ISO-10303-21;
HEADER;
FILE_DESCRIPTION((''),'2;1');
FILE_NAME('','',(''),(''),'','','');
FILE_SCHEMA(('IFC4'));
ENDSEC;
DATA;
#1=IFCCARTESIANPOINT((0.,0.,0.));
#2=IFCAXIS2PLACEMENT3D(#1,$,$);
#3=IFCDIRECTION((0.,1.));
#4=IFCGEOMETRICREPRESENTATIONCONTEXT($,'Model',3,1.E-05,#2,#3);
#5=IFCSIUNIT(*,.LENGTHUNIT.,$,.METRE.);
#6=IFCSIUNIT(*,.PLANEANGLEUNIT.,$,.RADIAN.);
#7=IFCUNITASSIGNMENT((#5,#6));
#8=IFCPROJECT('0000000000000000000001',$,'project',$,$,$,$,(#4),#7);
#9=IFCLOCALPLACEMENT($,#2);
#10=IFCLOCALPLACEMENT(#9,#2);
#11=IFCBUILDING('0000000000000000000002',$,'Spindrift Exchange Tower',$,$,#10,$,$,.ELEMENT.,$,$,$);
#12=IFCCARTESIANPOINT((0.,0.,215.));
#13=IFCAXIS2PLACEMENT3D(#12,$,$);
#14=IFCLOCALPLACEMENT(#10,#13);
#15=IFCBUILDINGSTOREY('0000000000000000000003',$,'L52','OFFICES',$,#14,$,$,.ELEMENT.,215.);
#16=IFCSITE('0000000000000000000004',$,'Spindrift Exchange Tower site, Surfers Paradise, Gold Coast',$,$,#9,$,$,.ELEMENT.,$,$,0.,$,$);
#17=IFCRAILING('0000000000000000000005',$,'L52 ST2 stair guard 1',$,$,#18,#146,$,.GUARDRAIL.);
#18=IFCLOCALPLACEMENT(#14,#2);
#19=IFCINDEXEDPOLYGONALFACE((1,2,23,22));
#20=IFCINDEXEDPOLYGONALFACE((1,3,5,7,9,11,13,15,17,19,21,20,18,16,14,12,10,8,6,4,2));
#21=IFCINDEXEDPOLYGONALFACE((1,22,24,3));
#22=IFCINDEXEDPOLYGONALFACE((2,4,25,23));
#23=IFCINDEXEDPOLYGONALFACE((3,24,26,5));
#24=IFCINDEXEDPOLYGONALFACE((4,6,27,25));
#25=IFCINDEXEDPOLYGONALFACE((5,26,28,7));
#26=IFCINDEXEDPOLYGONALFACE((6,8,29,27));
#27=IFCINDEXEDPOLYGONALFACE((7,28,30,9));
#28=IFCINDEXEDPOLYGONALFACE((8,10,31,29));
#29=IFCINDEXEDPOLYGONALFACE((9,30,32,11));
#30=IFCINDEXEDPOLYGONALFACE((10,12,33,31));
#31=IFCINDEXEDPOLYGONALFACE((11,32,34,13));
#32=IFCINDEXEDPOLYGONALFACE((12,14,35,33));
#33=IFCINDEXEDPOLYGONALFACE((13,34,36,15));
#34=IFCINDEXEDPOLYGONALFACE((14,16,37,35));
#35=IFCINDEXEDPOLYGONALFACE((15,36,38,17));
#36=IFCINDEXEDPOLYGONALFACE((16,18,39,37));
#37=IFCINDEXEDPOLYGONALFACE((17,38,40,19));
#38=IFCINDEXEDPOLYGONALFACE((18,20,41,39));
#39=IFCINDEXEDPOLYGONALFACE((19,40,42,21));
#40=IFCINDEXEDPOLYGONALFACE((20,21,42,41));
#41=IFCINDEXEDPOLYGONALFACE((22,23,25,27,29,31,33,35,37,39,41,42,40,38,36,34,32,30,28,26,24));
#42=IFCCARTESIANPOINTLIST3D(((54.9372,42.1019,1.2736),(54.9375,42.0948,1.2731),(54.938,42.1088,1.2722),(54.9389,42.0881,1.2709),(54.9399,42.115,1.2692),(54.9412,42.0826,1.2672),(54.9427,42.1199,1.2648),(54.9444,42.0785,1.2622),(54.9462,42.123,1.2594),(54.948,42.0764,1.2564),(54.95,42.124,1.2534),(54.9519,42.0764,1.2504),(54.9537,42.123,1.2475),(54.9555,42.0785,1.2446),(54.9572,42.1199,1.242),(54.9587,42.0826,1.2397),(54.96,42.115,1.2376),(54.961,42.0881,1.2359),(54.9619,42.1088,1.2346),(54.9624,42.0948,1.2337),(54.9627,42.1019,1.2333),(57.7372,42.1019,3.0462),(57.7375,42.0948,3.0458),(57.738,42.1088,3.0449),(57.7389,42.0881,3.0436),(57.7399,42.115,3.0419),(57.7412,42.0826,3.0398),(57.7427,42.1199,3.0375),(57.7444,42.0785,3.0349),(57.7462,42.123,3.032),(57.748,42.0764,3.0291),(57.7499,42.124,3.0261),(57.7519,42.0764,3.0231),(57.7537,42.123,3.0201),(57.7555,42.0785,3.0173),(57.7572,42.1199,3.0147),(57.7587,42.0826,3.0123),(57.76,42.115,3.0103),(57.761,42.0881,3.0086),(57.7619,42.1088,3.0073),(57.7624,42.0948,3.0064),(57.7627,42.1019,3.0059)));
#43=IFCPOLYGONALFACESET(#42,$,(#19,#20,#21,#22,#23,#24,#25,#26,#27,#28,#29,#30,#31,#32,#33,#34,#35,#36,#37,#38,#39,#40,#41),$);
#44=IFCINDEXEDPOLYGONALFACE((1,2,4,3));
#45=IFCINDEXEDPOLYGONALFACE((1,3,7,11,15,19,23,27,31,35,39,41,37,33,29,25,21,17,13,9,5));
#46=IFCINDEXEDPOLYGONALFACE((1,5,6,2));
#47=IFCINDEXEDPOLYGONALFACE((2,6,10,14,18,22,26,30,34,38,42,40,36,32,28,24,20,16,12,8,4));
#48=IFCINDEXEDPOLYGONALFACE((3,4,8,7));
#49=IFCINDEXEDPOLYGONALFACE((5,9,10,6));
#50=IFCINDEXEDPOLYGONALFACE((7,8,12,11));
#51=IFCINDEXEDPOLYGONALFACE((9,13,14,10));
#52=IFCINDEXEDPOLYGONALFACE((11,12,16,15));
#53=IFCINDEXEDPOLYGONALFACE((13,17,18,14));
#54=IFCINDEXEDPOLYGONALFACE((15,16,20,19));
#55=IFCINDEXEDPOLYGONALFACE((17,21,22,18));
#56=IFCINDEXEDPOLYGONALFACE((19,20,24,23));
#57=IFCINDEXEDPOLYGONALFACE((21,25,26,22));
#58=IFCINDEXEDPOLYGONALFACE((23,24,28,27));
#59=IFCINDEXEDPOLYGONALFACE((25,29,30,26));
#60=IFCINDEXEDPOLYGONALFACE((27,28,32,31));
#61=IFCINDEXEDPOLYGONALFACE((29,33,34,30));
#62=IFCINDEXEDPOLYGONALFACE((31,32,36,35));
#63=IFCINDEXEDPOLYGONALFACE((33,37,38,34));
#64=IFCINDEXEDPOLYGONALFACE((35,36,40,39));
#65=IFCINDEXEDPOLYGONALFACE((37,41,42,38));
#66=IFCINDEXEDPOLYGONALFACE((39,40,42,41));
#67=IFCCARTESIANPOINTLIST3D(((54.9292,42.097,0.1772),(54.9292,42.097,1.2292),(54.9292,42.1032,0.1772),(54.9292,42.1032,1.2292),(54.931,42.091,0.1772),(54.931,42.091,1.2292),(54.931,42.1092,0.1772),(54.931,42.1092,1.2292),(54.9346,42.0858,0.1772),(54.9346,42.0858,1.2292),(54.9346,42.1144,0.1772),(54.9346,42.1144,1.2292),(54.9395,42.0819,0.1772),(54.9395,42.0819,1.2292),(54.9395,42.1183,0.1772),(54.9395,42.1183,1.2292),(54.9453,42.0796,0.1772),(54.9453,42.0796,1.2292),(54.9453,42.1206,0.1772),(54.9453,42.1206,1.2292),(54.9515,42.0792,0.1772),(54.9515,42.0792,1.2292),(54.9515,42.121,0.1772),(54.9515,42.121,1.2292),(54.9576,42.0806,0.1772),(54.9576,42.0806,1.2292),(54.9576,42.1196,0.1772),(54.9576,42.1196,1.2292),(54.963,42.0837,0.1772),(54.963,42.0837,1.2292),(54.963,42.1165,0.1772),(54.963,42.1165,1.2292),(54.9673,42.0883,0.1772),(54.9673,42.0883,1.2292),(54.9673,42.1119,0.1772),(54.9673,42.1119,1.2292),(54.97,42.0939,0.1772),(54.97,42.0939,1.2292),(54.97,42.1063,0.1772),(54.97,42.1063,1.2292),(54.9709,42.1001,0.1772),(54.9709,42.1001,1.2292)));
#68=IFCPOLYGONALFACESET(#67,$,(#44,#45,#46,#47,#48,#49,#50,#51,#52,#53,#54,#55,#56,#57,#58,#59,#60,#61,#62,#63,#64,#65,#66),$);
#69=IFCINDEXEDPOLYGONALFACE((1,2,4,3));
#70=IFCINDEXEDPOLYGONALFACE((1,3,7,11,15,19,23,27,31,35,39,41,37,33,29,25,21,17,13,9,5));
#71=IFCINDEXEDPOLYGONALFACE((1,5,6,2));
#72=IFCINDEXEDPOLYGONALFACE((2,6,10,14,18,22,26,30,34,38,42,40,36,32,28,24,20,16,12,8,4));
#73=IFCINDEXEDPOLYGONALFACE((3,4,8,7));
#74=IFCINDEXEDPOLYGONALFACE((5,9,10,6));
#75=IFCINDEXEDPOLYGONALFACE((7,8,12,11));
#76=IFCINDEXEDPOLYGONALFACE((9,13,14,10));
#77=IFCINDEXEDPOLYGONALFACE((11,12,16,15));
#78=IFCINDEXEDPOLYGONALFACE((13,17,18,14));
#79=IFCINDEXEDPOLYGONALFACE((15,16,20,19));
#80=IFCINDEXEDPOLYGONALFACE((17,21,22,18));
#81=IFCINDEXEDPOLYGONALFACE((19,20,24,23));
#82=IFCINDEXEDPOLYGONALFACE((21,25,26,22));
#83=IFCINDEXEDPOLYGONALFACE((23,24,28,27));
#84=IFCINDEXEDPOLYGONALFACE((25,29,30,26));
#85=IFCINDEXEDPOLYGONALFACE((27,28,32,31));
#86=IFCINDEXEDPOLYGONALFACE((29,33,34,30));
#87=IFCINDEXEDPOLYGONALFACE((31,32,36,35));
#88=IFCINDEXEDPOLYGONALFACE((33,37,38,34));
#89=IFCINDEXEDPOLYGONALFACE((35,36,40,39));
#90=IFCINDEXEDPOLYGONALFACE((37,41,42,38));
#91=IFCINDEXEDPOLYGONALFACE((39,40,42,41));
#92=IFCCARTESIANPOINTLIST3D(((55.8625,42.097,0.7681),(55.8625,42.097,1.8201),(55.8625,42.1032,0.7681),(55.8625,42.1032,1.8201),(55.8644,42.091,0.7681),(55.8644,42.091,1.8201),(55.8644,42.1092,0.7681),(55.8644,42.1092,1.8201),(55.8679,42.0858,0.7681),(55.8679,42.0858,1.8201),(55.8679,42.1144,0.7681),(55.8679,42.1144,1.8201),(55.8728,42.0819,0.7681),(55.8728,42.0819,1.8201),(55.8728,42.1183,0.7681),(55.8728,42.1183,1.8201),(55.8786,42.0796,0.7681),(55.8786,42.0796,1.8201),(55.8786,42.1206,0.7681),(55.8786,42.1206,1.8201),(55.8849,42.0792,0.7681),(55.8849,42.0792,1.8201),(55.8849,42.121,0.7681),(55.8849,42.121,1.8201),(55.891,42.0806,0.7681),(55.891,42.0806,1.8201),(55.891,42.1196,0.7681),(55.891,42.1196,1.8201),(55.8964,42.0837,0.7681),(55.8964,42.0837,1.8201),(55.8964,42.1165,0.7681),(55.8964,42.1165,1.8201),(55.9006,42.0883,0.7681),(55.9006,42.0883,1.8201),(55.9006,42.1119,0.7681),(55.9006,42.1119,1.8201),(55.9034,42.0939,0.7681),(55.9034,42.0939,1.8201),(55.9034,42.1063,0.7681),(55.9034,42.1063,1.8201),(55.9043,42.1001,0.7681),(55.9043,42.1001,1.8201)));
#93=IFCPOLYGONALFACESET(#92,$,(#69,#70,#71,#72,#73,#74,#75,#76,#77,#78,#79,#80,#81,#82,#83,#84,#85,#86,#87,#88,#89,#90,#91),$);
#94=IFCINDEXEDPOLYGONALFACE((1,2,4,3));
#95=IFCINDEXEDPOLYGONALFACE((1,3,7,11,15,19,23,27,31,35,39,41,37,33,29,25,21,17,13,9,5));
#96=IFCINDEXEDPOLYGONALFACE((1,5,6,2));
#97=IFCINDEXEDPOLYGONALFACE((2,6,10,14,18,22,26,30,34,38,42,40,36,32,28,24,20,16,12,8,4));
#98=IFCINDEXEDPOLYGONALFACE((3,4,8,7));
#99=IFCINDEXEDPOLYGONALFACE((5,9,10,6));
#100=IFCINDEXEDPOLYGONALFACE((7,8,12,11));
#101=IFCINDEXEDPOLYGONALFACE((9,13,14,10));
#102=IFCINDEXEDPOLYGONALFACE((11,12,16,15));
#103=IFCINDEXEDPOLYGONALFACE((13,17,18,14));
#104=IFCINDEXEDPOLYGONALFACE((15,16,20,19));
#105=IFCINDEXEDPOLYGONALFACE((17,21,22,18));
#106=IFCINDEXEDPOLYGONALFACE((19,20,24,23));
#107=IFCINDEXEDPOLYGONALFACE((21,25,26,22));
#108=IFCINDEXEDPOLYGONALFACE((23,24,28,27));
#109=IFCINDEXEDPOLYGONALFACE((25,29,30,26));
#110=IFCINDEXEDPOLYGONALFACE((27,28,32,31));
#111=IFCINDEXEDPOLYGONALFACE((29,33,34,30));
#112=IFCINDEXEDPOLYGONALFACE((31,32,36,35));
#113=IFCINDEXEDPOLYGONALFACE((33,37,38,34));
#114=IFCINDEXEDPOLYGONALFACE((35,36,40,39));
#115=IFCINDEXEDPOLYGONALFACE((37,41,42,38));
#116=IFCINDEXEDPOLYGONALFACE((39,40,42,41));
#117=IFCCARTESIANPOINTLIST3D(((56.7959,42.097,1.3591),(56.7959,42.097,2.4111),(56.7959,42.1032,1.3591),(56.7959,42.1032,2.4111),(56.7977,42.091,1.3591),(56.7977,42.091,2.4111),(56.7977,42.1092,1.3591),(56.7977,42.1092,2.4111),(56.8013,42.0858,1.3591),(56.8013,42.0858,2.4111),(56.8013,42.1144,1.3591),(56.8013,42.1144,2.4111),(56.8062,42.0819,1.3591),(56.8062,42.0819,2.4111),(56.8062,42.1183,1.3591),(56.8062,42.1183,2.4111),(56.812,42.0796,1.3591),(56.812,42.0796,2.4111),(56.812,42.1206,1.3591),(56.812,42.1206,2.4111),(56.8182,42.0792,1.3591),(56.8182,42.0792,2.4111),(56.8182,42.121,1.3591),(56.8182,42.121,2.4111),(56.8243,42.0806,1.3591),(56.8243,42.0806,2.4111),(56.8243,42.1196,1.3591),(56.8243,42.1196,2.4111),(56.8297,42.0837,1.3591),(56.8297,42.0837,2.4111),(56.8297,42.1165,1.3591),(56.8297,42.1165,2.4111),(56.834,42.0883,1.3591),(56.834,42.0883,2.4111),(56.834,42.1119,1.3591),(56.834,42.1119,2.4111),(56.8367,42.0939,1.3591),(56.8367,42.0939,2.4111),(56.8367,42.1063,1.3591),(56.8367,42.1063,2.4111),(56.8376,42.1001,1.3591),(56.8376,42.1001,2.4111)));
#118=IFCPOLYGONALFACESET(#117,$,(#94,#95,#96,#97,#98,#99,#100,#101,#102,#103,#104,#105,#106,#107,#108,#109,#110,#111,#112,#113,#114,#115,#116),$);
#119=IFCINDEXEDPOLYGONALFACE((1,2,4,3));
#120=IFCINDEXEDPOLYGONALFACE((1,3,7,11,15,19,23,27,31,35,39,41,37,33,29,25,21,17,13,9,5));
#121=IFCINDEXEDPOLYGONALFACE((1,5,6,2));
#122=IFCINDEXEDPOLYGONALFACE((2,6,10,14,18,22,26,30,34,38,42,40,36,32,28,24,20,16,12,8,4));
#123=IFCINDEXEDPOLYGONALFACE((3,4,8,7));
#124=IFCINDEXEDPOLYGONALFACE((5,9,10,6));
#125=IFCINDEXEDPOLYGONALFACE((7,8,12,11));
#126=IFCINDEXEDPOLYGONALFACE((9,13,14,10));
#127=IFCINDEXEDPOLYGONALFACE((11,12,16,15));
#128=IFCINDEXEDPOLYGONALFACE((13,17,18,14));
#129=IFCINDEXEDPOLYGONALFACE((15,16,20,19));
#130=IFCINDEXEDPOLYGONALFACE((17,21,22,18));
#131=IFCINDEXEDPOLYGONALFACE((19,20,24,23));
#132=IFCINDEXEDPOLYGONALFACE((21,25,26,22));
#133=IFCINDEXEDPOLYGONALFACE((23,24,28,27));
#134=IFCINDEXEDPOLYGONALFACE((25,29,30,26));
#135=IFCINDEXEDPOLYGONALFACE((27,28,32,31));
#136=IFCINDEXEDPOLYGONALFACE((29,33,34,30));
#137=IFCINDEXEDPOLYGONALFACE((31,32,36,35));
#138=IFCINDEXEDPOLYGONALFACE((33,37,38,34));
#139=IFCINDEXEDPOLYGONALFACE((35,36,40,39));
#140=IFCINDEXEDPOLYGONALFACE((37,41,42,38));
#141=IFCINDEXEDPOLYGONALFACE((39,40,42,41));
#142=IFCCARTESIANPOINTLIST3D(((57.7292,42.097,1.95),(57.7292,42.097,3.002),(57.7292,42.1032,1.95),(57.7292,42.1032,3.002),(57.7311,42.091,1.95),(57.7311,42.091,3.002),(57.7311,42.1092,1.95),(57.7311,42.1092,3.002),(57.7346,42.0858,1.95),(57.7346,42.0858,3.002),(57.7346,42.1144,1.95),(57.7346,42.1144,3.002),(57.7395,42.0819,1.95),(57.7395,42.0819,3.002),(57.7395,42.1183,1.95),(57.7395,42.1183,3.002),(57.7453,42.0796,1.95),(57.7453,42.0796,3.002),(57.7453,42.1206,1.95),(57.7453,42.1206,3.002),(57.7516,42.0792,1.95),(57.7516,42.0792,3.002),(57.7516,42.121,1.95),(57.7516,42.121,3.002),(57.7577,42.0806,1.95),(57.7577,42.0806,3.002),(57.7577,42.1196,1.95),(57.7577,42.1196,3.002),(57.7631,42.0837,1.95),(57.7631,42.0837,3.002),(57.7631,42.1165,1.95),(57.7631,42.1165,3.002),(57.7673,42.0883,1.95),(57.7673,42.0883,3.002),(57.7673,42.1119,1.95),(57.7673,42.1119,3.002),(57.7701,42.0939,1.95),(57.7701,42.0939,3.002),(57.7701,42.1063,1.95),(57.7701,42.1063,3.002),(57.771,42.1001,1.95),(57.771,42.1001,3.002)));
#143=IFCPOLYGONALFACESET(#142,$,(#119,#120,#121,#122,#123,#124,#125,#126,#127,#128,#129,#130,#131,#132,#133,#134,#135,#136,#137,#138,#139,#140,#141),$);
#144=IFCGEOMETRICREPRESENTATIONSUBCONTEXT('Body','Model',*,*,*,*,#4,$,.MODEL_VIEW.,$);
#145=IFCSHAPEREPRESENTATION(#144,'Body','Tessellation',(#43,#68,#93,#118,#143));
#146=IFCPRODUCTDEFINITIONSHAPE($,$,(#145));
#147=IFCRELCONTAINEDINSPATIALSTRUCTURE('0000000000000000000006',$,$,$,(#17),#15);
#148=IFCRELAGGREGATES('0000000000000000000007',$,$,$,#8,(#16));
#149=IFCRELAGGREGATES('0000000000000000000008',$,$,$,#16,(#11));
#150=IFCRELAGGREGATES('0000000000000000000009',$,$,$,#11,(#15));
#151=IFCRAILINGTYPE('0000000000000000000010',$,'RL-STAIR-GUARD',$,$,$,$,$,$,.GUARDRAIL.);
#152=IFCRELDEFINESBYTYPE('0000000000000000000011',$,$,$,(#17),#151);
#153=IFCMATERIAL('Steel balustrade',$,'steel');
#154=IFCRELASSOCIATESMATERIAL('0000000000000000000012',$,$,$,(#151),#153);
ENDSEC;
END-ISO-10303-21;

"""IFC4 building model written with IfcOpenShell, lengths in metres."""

from ifc_helpers import new_model, si_unit, direction, frame, origin, origin_2d, place, context, subcontext, project, spatial, circle, extrude, material, type_object, element, save


model = new_model("IFC4")

# Units and contexts
model_context = context("Model", 3, precision=1e-05, world=origin(), true_north=direction((0.0, 1.0)))
body_context = subcontext(model_context, "Body", "Model", "MODEL_VIEW")
ifc_project = project(units=[si_unit("LENGTHUNIT", "METRE"), si_unit("PLANEANGLEUNIT", "RADIAN")], contexts=[model_context])

# Site, building, storey
site_placement = place(None, origin())
site = spatial("IfcSite", under=ifc_project, at=site_placement, Name="Spindrift Exchange Tower site, Surfers Paradise, Gold Coast", CompositionType="ELEMENT", RefElevation=0.0)
building_placement = place(site_placement, origin())
building = spatial("IfcBuilding", under=site, at=building_placement, Name="Spindrift Exchange Tower", CompositionType="ELEMENT")
storey_placement = place(building_placement, frame((0.0, 0.0, 215.0)))
storey = spatial("IfcBuildingStorey", under=building, at=storey_placement, Name="L52", Description="OFFICES", CompositionType="ELEMENT", Elevation=215.0)

# Railing
ifc_material_1 = material(Name="Steel balustrade", Category="steel")
railing_type_1 = type_object("IfcRailingType", Name="RL-STAIR-GUARD", PredefinedType="GUARDRAIL", material=ifc_material_1)
railing_1_placement = place(storey_placement, frame((54.95, 42.1001, 0.1772)))
element("IfcRailing", 1, at=railing_1_placement, inside=storey, type_object=railing_type_1, Name="L52 ST2 stair guard 1", PredefinedType="GUARDRAIL", context=body_context, shape_type="SweptSolid", body=[
    extrude(circle(Radius=0.0239, at=origin_2d()), frame((0.0, 0.0, 1.0762), z_axis=(0.844909, 0.0, 0.53491), x_axis=(0.0, 1.0, 0.0)), (0.0, 0.0, 1.0), 3.314),
    extrude(circle(Radius=0.021, at=origin_2d()), origin(), (0.0, 0.0, 1.0), 1.052),
    extrude(circle(Radius=0.021, at=origin_2d()), frame((0.9333, 0.0, 0.5908)), (0.0, 0.0, 1.0), 1.052),
    extrude(circle(Radius=0.021, at=origin_2d()), frame((1.8667, 0.0, 1.1819)), (0.0, 0.0, 1.0), 1.052),
    extrude(circle(Radius=0.021, at=origin_2d()), frame((2.8, 0.0, 1.7727)), (0.0, 0.0, 1.0), 1.052),
])

save(model, "model.ifc")
